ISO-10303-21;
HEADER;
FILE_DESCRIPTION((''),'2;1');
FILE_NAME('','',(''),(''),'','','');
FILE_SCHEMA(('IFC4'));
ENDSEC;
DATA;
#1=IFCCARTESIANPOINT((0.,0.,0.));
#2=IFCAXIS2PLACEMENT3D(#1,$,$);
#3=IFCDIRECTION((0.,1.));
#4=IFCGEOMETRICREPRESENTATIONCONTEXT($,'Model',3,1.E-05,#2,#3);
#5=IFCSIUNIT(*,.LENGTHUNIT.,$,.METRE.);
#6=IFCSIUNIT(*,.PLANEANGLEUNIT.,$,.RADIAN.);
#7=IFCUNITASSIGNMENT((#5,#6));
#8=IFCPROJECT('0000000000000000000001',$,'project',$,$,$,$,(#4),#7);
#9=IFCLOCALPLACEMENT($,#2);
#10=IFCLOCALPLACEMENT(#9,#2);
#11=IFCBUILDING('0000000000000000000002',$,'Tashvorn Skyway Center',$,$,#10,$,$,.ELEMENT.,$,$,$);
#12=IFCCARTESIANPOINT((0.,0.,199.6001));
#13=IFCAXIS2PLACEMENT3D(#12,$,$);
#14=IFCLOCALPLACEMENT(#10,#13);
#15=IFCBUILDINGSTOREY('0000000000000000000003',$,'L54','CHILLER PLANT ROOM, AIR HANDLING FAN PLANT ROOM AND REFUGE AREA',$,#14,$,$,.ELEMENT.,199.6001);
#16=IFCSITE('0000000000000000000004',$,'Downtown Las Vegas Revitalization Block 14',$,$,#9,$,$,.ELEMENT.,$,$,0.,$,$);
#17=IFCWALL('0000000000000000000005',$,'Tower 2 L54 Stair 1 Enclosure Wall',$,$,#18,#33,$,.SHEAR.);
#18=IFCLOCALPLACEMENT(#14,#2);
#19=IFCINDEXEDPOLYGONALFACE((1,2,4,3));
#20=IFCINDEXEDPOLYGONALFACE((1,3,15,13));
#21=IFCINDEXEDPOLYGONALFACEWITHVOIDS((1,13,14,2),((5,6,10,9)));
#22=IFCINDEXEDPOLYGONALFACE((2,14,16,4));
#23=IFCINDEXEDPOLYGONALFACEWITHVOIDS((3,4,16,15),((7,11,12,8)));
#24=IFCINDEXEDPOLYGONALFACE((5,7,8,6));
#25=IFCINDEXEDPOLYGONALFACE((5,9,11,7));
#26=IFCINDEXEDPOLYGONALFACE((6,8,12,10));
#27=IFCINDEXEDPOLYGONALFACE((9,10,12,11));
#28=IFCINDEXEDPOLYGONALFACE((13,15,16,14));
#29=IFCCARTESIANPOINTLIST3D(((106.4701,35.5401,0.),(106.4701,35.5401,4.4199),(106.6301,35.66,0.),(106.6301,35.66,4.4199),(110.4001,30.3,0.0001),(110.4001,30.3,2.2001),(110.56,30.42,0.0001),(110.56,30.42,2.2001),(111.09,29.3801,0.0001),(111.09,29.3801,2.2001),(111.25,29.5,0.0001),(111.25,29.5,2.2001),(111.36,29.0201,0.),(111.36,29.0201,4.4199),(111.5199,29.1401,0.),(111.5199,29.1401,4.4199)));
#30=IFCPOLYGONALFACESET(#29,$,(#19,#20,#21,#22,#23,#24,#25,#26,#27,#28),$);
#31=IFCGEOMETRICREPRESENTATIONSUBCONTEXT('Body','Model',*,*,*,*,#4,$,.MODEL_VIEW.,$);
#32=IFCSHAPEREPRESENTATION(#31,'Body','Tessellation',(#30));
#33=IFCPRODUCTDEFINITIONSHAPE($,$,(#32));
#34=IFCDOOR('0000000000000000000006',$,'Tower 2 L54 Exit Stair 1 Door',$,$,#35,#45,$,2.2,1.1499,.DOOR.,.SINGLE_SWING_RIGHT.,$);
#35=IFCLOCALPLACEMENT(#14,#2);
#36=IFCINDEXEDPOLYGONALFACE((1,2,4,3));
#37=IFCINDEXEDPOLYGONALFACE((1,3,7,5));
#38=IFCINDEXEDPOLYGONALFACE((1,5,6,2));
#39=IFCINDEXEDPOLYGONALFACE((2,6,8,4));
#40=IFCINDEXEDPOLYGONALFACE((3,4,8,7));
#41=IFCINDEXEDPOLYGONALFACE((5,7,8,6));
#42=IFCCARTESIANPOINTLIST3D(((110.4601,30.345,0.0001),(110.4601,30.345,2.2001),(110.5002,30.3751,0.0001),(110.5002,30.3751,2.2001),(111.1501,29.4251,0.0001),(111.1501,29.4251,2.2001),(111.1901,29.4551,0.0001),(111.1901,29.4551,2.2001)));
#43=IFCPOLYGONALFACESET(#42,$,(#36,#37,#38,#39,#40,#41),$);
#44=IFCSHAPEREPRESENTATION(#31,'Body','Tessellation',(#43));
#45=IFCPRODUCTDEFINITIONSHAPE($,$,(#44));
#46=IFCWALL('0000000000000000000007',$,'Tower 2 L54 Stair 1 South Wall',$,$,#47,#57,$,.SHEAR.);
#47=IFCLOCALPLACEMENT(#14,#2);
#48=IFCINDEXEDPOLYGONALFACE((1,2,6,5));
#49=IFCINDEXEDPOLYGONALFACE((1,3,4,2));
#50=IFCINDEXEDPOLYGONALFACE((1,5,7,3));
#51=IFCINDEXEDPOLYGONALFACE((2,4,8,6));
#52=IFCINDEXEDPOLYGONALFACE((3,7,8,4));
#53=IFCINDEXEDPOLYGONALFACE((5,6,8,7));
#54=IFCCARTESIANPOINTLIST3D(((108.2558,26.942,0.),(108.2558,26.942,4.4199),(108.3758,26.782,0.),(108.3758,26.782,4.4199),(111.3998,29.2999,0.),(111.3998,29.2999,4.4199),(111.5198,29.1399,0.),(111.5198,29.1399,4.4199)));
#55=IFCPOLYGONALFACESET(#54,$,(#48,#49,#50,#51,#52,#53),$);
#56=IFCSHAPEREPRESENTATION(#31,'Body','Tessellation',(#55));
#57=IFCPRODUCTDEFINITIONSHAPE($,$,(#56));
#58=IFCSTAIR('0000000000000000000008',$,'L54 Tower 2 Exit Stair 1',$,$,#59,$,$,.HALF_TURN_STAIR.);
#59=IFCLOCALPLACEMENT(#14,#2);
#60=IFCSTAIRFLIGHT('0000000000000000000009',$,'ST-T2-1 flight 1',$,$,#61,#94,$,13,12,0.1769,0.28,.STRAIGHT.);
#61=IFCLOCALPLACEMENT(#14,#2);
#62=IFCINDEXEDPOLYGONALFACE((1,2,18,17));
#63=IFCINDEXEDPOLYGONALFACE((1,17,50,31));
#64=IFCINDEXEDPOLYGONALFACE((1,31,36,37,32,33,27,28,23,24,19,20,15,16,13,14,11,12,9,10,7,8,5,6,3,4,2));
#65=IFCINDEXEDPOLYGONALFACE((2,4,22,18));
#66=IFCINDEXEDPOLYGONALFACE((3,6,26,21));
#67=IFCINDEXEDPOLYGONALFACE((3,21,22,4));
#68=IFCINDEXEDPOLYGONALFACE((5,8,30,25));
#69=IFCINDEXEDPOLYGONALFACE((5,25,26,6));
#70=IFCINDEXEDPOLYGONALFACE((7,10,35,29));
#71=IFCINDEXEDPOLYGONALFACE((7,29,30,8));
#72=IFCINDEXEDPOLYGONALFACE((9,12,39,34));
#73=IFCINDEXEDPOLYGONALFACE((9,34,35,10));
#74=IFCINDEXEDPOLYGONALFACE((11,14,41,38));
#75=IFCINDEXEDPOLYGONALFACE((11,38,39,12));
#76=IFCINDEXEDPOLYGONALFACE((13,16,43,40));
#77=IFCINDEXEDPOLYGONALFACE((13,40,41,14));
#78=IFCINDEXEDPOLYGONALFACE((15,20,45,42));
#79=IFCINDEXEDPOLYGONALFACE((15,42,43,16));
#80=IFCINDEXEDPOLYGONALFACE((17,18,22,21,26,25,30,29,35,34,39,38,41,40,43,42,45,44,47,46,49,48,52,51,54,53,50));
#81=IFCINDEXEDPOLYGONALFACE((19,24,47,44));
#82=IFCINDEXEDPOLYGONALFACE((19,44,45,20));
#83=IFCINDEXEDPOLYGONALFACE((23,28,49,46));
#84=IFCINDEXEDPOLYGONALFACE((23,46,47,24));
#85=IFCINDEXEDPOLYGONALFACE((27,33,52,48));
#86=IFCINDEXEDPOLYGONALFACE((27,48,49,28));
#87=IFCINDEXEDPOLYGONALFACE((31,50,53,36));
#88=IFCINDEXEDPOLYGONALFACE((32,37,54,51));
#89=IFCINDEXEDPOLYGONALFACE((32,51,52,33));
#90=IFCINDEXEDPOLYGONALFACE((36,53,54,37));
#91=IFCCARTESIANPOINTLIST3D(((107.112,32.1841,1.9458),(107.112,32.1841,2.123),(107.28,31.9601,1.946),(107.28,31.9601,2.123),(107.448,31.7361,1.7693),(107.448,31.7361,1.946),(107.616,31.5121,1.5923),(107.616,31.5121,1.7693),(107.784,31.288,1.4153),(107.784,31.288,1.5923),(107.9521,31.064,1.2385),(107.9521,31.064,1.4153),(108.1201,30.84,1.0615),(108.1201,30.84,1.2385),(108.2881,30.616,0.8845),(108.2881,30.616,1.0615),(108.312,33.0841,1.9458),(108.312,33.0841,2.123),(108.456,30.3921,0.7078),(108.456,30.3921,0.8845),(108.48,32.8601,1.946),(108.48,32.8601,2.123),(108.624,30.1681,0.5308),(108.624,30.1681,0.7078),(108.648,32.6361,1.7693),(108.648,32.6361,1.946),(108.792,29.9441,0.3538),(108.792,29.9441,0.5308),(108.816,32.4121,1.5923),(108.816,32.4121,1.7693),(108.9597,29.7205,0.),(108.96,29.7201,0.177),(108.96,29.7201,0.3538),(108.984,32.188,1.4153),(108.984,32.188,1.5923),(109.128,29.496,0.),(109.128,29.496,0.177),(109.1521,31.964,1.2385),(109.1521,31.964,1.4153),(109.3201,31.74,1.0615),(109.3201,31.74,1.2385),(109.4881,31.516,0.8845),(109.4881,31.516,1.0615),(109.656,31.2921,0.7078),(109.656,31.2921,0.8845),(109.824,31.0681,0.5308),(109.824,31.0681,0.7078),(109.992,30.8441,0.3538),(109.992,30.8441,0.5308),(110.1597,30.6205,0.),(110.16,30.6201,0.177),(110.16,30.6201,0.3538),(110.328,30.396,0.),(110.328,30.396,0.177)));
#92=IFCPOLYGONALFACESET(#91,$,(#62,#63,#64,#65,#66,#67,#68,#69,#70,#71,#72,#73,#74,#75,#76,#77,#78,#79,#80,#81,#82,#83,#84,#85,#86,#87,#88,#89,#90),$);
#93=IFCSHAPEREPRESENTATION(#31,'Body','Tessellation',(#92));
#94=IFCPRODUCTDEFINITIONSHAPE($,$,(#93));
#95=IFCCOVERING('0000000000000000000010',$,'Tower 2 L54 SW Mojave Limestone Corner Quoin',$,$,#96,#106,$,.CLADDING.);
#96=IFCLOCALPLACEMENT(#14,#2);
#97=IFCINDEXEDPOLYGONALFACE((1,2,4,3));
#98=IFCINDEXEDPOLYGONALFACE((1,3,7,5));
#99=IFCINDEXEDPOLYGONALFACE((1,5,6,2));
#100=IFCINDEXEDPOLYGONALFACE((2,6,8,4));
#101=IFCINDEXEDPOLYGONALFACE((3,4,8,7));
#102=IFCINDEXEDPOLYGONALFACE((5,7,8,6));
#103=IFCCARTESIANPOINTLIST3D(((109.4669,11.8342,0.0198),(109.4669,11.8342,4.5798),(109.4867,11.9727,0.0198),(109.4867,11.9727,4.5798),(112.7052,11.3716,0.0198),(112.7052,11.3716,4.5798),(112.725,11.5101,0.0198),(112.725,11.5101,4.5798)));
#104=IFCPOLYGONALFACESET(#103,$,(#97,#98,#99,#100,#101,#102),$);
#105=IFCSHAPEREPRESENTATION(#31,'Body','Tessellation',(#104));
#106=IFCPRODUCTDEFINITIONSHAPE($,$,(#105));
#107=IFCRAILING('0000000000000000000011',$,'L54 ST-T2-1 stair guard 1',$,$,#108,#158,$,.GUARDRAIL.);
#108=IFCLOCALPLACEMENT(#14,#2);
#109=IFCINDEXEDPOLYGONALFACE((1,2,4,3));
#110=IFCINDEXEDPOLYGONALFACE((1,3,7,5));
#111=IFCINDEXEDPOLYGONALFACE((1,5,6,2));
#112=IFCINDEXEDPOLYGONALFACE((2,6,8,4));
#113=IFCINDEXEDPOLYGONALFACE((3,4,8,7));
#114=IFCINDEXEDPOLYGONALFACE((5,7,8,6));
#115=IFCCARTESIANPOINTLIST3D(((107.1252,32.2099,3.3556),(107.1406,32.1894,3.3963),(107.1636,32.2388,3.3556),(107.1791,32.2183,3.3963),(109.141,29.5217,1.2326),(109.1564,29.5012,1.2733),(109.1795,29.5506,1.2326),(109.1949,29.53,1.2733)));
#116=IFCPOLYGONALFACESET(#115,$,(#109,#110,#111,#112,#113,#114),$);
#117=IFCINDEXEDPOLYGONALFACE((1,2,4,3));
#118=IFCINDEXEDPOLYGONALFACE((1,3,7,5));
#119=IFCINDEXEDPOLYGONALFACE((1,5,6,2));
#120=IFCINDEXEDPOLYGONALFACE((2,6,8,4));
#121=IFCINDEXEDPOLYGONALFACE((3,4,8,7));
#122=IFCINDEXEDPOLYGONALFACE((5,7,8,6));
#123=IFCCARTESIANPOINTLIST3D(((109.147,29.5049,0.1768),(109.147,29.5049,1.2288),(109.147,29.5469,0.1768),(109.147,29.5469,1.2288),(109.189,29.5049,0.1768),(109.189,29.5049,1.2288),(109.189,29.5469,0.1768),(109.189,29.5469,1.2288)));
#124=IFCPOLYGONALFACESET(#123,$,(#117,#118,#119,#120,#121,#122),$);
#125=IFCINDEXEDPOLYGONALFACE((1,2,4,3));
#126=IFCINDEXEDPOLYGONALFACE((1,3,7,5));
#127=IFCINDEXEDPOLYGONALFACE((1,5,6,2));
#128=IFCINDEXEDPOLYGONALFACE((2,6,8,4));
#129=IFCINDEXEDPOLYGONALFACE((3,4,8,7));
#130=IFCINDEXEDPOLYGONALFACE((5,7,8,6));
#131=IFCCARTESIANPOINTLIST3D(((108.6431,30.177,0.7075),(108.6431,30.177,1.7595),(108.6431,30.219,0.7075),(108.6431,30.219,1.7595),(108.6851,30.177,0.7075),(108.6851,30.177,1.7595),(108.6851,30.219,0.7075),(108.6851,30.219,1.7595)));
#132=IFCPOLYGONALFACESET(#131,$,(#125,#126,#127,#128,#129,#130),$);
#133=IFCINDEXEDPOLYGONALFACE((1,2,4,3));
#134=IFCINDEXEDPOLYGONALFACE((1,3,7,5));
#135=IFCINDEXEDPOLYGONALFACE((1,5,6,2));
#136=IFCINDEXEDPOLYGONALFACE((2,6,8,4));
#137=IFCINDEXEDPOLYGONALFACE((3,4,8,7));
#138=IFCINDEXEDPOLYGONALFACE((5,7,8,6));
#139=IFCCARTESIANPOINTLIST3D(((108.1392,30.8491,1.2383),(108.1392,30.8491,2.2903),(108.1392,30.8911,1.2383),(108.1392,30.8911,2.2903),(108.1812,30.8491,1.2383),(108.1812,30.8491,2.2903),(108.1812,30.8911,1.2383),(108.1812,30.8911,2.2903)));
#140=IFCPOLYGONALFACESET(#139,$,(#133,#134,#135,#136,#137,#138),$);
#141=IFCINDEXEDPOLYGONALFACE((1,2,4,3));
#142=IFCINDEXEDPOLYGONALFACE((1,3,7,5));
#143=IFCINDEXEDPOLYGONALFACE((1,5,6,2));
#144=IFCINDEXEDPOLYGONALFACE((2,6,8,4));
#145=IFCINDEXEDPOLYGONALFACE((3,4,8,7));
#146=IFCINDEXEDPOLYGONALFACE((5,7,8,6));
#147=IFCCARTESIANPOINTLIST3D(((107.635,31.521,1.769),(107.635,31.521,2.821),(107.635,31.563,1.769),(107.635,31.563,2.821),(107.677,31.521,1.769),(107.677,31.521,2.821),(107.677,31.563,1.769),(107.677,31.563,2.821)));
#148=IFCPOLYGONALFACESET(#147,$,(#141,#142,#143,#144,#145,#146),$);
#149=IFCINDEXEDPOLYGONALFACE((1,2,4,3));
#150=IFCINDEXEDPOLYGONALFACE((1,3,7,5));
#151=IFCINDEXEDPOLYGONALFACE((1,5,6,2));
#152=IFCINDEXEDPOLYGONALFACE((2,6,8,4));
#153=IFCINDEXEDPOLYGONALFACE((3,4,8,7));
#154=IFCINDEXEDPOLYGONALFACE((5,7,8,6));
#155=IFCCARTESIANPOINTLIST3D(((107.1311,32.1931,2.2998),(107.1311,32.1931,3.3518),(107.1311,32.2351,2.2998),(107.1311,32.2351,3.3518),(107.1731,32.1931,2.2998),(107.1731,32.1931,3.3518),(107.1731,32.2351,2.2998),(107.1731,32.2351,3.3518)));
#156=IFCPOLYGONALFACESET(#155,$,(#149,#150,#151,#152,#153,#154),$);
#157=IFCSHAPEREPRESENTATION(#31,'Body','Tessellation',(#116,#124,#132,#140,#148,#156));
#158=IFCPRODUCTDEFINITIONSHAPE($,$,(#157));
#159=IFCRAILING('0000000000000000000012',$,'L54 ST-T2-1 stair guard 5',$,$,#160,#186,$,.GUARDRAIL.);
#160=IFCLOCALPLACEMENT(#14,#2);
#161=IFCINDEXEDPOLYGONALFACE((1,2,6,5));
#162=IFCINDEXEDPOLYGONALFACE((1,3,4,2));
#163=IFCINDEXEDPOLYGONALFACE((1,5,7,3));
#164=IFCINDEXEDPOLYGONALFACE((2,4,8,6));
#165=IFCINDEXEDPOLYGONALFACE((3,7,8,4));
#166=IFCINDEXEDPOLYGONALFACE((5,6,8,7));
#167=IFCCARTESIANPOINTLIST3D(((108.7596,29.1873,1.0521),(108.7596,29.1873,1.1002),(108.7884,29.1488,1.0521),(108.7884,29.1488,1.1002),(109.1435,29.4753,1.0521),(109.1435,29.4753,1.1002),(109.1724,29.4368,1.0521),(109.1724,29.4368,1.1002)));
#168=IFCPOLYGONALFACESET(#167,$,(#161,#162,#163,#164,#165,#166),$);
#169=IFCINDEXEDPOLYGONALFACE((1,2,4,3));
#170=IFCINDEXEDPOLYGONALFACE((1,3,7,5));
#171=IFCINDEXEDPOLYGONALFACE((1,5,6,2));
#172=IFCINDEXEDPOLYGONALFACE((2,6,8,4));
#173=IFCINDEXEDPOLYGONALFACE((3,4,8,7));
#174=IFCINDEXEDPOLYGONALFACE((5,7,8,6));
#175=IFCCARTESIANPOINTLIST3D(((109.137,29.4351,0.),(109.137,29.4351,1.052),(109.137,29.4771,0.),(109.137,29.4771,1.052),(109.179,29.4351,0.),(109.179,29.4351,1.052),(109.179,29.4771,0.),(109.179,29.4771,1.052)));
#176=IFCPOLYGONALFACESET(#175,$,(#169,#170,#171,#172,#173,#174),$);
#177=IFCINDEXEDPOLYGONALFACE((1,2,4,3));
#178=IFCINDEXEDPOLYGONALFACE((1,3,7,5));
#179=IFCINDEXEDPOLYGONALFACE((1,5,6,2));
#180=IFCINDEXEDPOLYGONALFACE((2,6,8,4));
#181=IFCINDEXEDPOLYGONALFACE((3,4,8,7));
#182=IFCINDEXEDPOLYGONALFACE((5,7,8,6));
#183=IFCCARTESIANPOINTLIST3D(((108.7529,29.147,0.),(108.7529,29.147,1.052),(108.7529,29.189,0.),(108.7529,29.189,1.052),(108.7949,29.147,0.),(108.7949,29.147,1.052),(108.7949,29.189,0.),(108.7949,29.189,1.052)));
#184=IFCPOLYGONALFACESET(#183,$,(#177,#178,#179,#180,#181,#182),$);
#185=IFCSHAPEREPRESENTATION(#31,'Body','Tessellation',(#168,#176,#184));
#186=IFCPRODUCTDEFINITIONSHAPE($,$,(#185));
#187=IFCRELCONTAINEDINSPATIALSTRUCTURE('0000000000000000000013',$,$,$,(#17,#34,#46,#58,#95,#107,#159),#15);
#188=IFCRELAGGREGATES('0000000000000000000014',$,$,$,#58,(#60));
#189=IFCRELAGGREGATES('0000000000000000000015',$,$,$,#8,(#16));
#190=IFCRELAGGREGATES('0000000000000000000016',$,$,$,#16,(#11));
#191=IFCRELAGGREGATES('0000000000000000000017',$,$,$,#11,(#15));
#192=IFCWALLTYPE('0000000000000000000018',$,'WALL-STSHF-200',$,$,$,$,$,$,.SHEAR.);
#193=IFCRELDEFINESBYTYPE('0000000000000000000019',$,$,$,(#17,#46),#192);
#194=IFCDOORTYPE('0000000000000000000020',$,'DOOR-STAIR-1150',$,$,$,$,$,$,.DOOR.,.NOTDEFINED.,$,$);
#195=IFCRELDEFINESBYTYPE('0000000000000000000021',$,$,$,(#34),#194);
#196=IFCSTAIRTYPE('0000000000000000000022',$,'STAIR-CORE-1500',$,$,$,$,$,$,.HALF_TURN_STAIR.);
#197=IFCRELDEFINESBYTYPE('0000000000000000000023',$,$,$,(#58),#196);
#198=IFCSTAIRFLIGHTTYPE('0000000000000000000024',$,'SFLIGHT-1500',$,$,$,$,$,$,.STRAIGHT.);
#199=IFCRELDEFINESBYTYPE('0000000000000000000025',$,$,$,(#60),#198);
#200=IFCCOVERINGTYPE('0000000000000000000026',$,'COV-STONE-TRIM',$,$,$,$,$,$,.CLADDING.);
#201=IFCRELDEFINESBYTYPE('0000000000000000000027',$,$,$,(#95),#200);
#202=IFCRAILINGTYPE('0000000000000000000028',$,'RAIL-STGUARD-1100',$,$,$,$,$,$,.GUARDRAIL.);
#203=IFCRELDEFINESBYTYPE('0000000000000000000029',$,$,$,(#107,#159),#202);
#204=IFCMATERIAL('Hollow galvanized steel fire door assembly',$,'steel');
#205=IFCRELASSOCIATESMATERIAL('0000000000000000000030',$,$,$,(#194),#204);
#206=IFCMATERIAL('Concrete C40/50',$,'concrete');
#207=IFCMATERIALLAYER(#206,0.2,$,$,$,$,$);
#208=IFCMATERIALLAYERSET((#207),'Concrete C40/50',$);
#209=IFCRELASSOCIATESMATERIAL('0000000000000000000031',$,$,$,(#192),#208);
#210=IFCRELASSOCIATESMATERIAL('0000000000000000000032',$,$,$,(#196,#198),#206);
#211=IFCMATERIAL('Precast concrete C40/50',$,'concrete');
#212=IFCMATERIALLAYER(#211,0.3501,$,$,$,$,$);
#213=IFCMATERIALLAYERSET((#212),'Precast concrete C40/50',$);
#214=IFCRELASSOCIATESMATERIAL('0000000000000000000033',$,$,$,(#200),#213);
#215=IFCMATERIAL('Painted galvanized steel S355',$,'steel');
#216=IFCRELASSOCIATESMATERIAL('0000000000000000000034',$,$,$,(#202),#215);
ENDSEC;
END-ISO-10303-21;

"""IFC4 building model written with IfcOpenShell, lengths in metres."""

from ifc_helpers import new_model, si_unit, direction, frame, frame_2d, origin, origin_2d, place, context, subcontext, project, spatial, polyline, rectangle, outline, extrude, material, layer, layer_set, type_object, element, fill, aggregate, save


model = new_model("IFC4")

# Units and contexts
model_context = context("Model", 3, precision=1e-05, world=origin(), true_north=direction((0.0, 1.0)))
body_context = subcontext(model_context, "Body", "Model", "MODEL_VIEW")
ifc_project = project(units=[si_unit("LENGTHUNIT", "METRE"), si_unit("PLANEANGLEUNIT", "RADIAN")], contexts=[model_context])

# Site, building, storey
site_placement = place(None, origin())
site = spatial("IfcSite", under=ifc_project, at=site_placement, Name="Downtown Las Vegas Revitalization Block 14", CompositionType="ELEMENT", RefElevation=0.0)
building_placement = place(site_placement, origin())
building = spatial("IfcBuilding", under=site, at=building_placement, Name="Tashvorn Skyway Center", CompositionType="ELEMENT")
storey_placement = place(building_placement, frame((0.0, 0.0, 199.6001)))
storey = spatial("IfcBuildingStorey", under=building, at=storey_placement, Name="L54", Description="CHILLER PLANT ROOM, AIR HANDLING FAN PLANT ROOM AND REFUGE AREA", CompositionType="ELEMENT", Elevation=199.6001)

# Shared definitions
ifc_material_1 = material(Name="Precast concrete C40/50", Category="concrete")

# Shared definitions
ifc_material_2 = material(Name="Concrete C40/50", Category="concrete")
ifc_material_3 = material(Name="Hollow galvanized steel fire door assembly", Category="steel")

# Shared definitions
door_type_1 = type_object("IfcDoorType", Name="DOOR-STAIR-1150", OperationType="NOTDEFINED", PredefinedType="DOOR", material=ifc_material_3)

# Wall, opening, door
ifc_layer_1 = layer(ifc_material_2, 0.2)
ifc_layer_set_1 = layer_set([ifc_layer_1], Name="Concrete C40/50")
wall_type_1 = type_object("IfcWallType", Name="WALL-STSHF-200", PredefinedType="SHEAR", material=ifc_layer_set_1)
wall_1_placement = place(storey_placement, frame((111.4399, 29.0801, 0.0), z_axis=(0.0, 0.0, 1.0), x_axis=(-0.59999, 0.800007, 0.0)))
wall_1 = element("IfcWall", 1, at=wall_1_placement, inside=storey, type_object=wall_type_1, Name="Tower 2 L54 Stair 1 Enclosure Wall", PredefinedType="SHEAR", context=body_context, shape_type="SweptSolid", body=[
    extrude(rectangle(XDim=8.1499, YDim=0.2, at=frame_2d((4.075, 0.0))), origin(), (0.0, 0.0, 1.0), 4.4199),
])
opening_1_placement = place(wall_1_placement, frame((0.45, 0.0, 0.0)))
opening_1 = element("IfcOpeningElement", 2, at=opening_1_placement, cuts=wall_1, PredefinedType="OPENING", context=body_context, shape_type="SweptSolid", body=[
    extrude(rectangle(XDim=1.1499, YDim=2.2, at=frame_2d((0.575, 1.1001))), frame((0.0, 0.1099, 0.0), z_axis=(0.0, -1.0, 0.0), x_axis=(1.0, 0.0, 0.0)), (0.0, 0.0, 1.0), 0.22),
])
door_1_placement = place(opening_1_placement, origin())
door_1 = element("IfcDoor", 3, at=door_1_placement, inside=storey, type_object=door_type_1, Name="Tower 2 L54 Exit Stair 1 Door", OperationType="SINGLE_SWING_RIGHT", OverallHeight=2.2, OverallWidth=1.1499, PredefinedType="DOOR", context=body_context, shape_type="SweptSolid", body=[
    extrude(rectangle(XDim=1.1499, YDim=2.2, at=frame_2d((0.575, 1.1001))), frame((0.0, 0.0249, 0.0), z_axis=(0.0, -1.0, 0.0), x_axis=(1.0, 0.0, 0.0)), (0.0, 0.0, 1.0), 0.05),
])
fill(opening_1, door_1)

# Wall
wall_2_placement = place(storey_placement, frame((108.3159, 26.8621, 0.0), z_axis=(0.0, 0.0, 1.0), x_axis=(0.800015, 0.59998, 0.0)))
element("IfcWall", 4, at=wall_2_placement, inside=storey, type_object=wall_type_1, Name="Tower 2 L54 Stair 1 South Wall", PredefinedType="SHEAR", context=body_context, shape_type="SweptSolid", body=[
    extrude(rectangle(XDim=3.9299, YDim=0.2, at=frame_2d((1.9648, 0.0))), origin(), (0.0, 0.0, 1.0), 4.4199),
])

# Stair, stair flight
stair_type = type_object("IfcStairType", Name="STAIR-CORE-1500", PredefinedType="HALF_TURN_STAIR", material=ifc_material_2)
stair_placement = place(storey_placement, origin())
stair = element("IfcStair", 5, at=stair_placement, inside=storey, type_object=stair_type, Name="L54 Tower 2 Exit Stair 1", PredefinedType="HALF_TURN_STAIR")
stair_flight_type = type_object("IfcStairFlightType", Name="SFLIGHT-1500", PredefinedType="STRAIGHT", material=ifc_material_2)
stair_flight_placement = place(storey_placement, frame((109.728, 29.946, 0.0), z_axis=(0.0, 0.0, 1.0), x_axis=(-0.6, 0.8, 0.0)))
stair_flight = element("IfcStairFlight", 6, at=stair_flight_placement, type_object=stair_flight_type, Name="ST-T2-1 flight 1", NumberOfRisers=13, NumberOfTreads=12, PredefinedType="STRAIGHT", RiserHeight=0.1769, TreadLength=0.28, context=body_context, shape_type="SweptSolid", body=[
    extrude(outline(polyline([(0.0, 0.0), (0.0, 0.177), (0.28, 0.177), (0.28, 0.3538), (0.5601, 0.3538), (0.5601, 0.5308), (0.8401, 0.5308), (0.8401, 0.7078), (1.1201, 0.7078), (1.1201, 0.8845), (1.3999, 0.8845), (1.3999, 1.0615), (1.6799, 1.0615), (1.6799, 1.2385), (1.96, 1.2385), (1.96, 1.4153), (2.24, 1.4153), (2.24, 1.5923), (2.52, 1.5923), (2.52, 1.7693), (2.8, 1.7693), (2.8, 1.946), (3.0801, 1.946), (3.0801, 2.123), (3.3601, 2.123), (3.3601, 2.3), (3.3601, 1.9458), (0.2805, 0.0), (0.0, 0.0)])), frame((0.0, 0.75, 0.0), z_axis=(0.0, -1.0, 0.0), x_axis=(1.0, 0.0, 0.0)), (0.0, 0.0, 1.0), 1.5),
])
aggregate(stair, [stair_flight])

# Covering
ifc_layer_2 = layer(ifc_material_1, 0.3501)
ifc_layer_set_2 = layer_set([ifc_layer_2], Name="Precast concrete C40/50")
covering_type = type_object("IfcCoveringType", Name="COV-STONE-TRIM", PredefinedType="CLADDING", material=ifc_layer_set_2)
covering_placement = place(storey_placement, frame((111.0959, 11.6721, 0.0198), z_axis=(0.0, 0.0, 1.0), x_axis=(-0.989949, 0.141421, 0.0)))
element("IfcCovering", 7, at=covering_placement, inside=storey, type_object=covering_type, Name="Tower 2 L54 SW Mojave Limestone Corner Quoin", PredefinedType="CLADDING", context=body_context, shape_type="SweptSolid", body=[
    extrude(rectangle(XDim=3.2712, YDim=0.1399, at=origin_2d()), origin(), (0.0, 0.0, 1.0), 4.5601),
])

# Railings
ifc_material_4 = material(Name="Painted galvanized steel S355", Category="steel")
railing_type = type_object("IfcRailingType", Name="RAIL-STGUARD-1100", PredefinedType="GUARDRAIL", material=ifc_material_4)
railing_1_placement = place(storey_placement, frame((109.168, 29.5259, 0.1768)))
element("IfcRailing", 8, at=railing_1_placement, inside=storey, type_object=railing_type, Name="L54 ST-T2-1 stair guard 1", PredefinedType="GUARDRAIL", context=body_context, shape_type="SweptSolid", body=[
    extrude(rectangle(XDim=0.0481, YDim=0.0481, at=origin_2d()), frame((0.0, 0.0, 1.0762), z_axis=(-0.507185, 0.676349, 0.53415), x_axis=(-0.800044, -0.599942, 0.0)), (0.0, 0.0, 1.0), 3.9746),
    extrude(rectangle(XDim=0.042, YDim=0.042, at=origin_2d()), origin(), (0.0, 0.0, 1.0), 1.052),
    extrude(rectangle(XDim=0.042, YDim=0.042, at=origin_2d()), frame((-0.5039, 0.6721, 0.5308)), (0.0, 0.0, 1.0), 1.052),
    extrude(rectangle(XDim=0.042, YDim=0.042, at=origin_2d()), frame((-1.0078, 1.3442, 1.0615)), (0.0, 0.0, 1.0), 1.052),
    extrude(rectangle(XDim=0.042, YDim=0.042, at=origin_2d()), frame((-1.512, 2.0161, 1.5923)), (0.0, 0.0, 1.0), 1.052),
    extrude(rectangle(XDim=0.042, YDim=0.042, at=origin_2d()), frame((-2.0159, 2.6882, 2.123)), (0.0, 0.0, 1.0), 1.052),
])
railing_2_placement = place(storey_placement, frame((109.158, 29.4561, 0.0)))
element("IfcRailing", 9, at=railing_2_placement, inside=storey, type_object=railing_type, Name="L54 ST-T2-1 stair guard 5", PredefinedType="GUARDRAIL", context=body_context, shape_type="SweptSolid", body=[
    extrude(rectangle(XDim=0.0481, YDim=0.0481, at=origin_2d()), frame((0.0, 0.0, 1.0762), z_axis=(-0.799939, -0.600081, 0.0), x_axis=(0.600081, -0.799939, 0.0)), (0.0, 0.0, 1.0), 0.48),
    extrude(rectangle(XDim=0.042, YDim=0.042, at=origin_2d()), origin(), (0.0, 0.0, 1.0), 1.052),
    extrude(rectangle(XDim=0.042, YDim=0.042, at=origin_2d()), frame((-0.384, -0.2881, 0.0)), (0.0, 0.0, 1.0), 1.052),
])

save(model, "model.ifc")
